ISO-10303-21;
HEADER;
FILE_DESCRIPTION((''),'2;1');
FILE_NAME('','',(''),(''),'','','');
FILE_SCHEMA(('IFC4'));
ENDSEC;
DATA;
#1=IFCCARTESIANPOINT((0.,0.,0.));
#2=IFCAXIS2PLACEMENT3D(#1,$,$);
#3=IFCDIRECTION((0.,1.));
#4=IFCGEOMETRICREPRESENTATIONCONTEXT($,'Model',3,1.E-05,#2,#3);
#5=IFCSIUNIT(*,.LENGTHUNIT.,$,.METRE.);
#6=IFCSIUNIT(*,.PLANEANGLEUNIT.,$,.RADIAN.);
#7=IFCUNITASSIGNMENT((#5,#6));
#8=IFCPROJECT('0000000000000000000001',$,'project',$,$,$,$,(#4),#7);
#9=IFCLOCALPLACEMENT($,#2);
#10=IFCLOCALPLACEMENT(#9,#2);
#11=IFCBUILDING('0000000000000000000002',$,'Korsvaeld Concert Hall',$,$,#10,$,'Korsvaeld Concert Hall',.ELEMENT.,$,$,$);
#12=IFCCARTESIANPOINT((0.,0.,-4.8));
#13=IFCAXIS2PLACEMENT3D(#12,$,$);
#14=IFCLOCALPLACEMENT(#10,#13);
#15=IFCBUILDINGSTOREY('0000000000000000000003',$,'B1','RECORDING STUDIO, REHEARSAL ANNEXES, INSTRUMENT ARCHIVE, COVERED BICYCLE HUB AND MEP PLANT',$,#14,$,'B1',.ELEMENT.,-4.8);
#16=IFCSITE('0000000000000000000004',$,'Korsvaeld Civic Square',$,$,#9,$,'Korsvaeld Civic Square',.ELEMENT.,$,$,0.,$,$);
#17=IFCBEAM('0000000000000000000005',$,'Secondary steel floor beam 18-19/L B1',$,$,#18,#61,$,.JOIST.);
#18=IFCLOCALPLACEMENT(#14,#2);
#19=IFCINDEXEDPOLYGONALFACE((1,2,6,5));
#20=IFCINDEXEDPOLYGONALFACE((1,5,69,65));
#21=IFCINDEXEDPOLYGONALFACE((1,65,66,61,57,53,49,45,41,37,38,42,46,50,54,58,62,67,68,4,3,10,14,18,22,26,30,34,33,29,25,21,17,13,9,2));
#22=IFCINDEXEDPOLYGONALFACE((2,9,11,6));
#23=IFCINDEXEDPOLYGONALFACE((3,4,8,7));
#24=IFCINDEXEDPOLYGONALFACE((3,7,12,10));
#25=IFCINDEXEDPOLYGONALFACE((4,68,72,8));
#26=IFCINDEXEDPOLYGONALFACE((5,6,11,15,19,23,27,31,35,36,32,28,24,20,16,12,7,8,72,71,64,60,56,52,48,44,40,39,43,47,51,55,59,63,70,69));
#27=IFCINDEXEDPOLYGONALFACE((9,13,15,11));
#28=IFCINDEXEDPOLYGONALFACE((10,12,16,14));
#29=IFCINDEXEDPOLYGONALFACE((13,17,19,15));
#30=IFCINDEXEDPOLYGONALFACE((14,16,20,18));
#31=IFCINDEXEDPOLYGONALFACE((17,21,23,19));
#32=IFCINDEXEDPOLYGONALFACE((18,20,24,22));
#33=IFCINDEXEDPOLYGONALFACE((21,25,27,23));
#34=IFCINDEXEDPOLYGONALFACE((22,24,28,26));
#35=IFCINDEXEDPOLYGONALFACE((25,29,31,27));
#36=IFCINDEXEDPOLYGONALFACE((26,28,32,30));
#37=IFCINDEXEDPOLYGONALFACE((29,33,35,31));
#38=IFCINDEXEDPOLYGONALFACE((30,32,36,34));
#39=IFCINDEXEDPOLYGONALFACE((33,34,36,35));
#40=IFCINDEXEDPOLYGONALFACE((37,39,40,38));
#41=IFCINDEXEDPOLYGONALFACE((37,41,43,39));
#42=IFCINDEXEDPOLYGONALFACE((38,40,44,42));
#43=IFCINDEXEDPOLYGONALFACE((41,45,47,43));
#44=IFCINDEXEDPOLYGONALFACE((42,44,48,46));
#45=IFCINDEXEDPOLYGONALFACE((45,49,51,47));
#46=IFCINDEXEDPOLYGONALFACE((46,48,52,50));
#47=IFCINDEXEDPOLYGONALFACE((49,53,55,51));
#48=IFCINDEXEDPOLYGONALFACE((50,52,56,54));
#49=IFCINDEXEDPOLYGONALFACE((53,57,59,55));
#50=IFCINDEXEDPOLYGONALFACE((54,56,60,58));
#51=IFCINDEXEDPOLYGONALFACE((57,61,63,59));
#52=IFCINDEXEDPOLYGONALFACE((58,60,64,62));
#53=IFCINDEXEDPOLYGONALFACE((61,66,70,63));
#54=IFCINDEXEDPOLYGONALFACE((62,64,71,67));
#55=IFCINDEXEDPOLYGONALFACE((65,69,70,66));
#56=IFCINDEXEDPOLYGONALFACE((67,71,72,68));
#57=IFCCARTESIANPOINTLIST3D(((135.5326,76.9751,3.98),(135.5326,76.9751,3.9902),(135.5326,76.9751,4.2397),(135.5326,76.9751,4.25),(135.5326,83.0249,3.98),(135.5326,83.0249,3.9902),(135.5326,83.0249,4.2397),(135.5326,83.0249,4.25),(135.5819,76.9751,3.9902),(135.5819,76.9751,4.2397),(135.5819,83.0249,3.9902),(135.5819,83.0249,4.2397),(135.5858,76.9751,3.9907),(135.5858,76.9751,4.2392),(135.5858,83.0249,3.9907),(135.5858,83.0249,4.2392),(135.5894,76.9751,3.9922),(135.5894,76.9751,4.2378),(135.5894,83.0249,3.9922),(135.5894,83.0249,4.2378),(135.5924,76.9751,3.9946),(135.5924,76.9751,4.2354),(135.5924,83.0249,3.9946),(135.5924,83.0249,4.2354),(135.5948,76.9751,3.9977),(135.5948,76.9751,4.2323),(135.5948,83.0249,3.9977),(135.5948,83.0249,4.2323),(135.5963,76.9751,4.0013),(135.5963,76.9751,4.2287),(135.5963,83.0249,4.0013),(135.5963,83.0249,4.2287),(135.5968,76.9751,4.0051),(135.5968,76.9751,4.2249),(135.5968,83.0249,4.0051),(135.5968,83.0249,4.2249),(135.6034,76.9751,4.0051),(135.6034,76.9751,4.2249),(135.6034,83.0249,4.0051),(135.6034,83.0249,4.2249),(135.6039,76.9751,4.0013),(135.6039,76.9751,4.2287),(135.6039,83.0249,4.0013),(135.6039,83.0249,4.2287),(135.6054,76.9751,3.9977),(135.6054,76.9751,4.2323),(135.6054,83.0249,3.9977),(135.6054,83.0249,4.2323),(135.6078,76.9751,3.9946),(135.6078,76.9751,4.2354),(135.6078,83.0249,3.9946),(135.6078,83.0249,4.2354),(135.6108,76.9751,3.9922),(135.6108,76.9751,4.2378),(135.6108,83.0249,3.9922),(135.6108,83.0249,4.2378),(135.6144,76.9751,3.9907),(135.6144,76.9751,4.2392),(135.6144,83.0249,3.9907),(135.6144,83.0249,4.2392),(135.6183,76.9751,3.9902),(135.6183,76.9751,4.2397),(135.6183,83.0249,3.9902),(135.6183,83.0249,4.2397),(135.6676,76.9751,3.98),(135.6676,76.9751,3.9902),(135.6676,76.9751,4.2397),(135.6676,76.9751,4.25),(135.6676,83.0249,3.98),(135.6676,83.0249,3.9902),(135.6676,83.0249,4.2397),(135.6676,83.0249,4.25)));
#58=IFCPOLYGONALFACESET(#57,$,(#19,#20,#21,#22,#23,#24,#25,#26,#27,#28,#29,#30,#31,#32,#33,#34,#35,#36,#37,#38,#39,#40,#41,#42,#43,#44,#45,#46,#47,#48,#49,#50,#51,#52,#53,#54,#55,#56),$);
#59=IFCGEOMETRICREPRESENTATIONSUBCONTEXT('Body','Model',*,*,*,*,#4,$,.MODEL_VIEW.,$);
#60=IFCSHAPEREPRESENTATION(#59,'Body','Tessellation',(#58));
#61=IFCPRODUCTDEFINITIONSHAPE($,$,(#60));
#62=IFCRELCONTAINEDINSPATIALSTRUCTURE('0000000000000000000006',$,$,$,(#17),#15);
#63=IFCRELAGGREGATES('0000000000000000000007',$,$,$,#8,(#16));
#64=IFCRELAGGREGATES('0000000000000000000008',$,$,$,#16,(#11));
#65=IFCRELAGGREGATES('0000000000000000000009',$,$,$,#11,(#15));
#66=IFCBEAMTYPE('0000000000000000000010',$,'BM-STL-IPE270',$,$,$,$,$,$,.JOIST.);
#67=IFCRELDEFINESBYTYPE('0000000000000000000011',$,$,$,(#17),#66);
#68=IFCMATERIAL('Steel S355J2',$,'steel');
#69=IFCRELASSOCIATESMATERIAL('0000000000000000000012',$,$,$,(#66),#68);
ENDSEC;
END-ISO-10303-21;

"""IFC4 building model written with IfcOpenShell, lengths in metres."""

from ifc_helpers import new_model, si_unit, direction, frame, origin, origin_2d, place, context, subcontext, project, spatial, i_section, extrude, material, material_profile, profile_set, type_object, element, save


model = new_model("IFC4")

# Units and contexts
model_context = context("Model", 3, precision=1e-05, world=origin(), true_north=direction((0.0, 1.0)))
body_context = subcontext(model_context, "Body", "Model", "MODEL_VIEW")
ifc_project = project(units=[si_unit("LENGTHUNIT", "METRE"), si_unit("PLANEANGLEUNIT", "RADIAN")], contexts=[model_context])

# Site, building, storey
site_placement = place(None, origin())
site = spatial("IfcSite", under=ifc_project, at=site_placement, Name="Korsvaeld Civic Square", LongName="Korsvaeld Civic Square", CompositionType="ELEMENT", RefElevation=0.0)
building_placement = place(site_placement, origin())
building = spatial("IfcBuilding", under=site, at=building_placement, Name="Korsvaeld Concert Hall", LongName="Korsvaeld Concert Hall", CompositionType="ELEMENT")
storey_placement = place(building_placement, frame((0.0, 0.0, -4.8)))
storey = spatial("IfcBuildingStorey", under=building, at=storey_placement, Name="B1", Description="RECORDING STUDIO, REHEARSAL ANNEXES, INSTRUMENT ARCHIVE, COVERED BICYCLE HUB AND MEP PLANT", LongName="B1", CompositionType="ELEMENT", Elevation=-4.8)

# Beam
ifc_material_1 = material(Name="Steel S355J2", Category="steel")
ifc_material_profile_1 = material_profile(ifc_material_1, i_section(OverallWidth=0.135, OverallDepth=0.27, WebThickness=0.0066, FlangeThickness=0.0103, FilletRadius=0.0149, at=origin_2d()), Name="IPE 270")
ifc_profile_set_1 = profile_set([ifc_material_profile_1], Name="Steel S355J2")
beam_type_1 = type_object("IfcBeamType", Name="BM-STL-IPE270", PredefinedType="JOIST", material=ifc_profile_set_1)
beam_1_placement = place(storey_placement, frame((135.6001, 76.9751, 4.115), z_axis=(0.0, 1.0, 0.0), x_axis=(-1.0, 0.0, 0.0)))
element("IfcBeam", 1, at=beam_1_placement, inside=storey, type_object=beam_type_1, Name="Secondary steel floor beam 18-19/L B1", PredefinedType="JOIST", context=body_context, shape_type="SweptSolid", body=[
    extrude(i_section(OverallWidth=0.135, OverallDepth=0.27, WebThickness=0.0066, FlangeThickness=0.0103, FilletRadius=0.0149, at=origin_2d()), origin(), (0.0, 0.0, 1.0), 6.0498),
])

save(model, "model.ifc")
